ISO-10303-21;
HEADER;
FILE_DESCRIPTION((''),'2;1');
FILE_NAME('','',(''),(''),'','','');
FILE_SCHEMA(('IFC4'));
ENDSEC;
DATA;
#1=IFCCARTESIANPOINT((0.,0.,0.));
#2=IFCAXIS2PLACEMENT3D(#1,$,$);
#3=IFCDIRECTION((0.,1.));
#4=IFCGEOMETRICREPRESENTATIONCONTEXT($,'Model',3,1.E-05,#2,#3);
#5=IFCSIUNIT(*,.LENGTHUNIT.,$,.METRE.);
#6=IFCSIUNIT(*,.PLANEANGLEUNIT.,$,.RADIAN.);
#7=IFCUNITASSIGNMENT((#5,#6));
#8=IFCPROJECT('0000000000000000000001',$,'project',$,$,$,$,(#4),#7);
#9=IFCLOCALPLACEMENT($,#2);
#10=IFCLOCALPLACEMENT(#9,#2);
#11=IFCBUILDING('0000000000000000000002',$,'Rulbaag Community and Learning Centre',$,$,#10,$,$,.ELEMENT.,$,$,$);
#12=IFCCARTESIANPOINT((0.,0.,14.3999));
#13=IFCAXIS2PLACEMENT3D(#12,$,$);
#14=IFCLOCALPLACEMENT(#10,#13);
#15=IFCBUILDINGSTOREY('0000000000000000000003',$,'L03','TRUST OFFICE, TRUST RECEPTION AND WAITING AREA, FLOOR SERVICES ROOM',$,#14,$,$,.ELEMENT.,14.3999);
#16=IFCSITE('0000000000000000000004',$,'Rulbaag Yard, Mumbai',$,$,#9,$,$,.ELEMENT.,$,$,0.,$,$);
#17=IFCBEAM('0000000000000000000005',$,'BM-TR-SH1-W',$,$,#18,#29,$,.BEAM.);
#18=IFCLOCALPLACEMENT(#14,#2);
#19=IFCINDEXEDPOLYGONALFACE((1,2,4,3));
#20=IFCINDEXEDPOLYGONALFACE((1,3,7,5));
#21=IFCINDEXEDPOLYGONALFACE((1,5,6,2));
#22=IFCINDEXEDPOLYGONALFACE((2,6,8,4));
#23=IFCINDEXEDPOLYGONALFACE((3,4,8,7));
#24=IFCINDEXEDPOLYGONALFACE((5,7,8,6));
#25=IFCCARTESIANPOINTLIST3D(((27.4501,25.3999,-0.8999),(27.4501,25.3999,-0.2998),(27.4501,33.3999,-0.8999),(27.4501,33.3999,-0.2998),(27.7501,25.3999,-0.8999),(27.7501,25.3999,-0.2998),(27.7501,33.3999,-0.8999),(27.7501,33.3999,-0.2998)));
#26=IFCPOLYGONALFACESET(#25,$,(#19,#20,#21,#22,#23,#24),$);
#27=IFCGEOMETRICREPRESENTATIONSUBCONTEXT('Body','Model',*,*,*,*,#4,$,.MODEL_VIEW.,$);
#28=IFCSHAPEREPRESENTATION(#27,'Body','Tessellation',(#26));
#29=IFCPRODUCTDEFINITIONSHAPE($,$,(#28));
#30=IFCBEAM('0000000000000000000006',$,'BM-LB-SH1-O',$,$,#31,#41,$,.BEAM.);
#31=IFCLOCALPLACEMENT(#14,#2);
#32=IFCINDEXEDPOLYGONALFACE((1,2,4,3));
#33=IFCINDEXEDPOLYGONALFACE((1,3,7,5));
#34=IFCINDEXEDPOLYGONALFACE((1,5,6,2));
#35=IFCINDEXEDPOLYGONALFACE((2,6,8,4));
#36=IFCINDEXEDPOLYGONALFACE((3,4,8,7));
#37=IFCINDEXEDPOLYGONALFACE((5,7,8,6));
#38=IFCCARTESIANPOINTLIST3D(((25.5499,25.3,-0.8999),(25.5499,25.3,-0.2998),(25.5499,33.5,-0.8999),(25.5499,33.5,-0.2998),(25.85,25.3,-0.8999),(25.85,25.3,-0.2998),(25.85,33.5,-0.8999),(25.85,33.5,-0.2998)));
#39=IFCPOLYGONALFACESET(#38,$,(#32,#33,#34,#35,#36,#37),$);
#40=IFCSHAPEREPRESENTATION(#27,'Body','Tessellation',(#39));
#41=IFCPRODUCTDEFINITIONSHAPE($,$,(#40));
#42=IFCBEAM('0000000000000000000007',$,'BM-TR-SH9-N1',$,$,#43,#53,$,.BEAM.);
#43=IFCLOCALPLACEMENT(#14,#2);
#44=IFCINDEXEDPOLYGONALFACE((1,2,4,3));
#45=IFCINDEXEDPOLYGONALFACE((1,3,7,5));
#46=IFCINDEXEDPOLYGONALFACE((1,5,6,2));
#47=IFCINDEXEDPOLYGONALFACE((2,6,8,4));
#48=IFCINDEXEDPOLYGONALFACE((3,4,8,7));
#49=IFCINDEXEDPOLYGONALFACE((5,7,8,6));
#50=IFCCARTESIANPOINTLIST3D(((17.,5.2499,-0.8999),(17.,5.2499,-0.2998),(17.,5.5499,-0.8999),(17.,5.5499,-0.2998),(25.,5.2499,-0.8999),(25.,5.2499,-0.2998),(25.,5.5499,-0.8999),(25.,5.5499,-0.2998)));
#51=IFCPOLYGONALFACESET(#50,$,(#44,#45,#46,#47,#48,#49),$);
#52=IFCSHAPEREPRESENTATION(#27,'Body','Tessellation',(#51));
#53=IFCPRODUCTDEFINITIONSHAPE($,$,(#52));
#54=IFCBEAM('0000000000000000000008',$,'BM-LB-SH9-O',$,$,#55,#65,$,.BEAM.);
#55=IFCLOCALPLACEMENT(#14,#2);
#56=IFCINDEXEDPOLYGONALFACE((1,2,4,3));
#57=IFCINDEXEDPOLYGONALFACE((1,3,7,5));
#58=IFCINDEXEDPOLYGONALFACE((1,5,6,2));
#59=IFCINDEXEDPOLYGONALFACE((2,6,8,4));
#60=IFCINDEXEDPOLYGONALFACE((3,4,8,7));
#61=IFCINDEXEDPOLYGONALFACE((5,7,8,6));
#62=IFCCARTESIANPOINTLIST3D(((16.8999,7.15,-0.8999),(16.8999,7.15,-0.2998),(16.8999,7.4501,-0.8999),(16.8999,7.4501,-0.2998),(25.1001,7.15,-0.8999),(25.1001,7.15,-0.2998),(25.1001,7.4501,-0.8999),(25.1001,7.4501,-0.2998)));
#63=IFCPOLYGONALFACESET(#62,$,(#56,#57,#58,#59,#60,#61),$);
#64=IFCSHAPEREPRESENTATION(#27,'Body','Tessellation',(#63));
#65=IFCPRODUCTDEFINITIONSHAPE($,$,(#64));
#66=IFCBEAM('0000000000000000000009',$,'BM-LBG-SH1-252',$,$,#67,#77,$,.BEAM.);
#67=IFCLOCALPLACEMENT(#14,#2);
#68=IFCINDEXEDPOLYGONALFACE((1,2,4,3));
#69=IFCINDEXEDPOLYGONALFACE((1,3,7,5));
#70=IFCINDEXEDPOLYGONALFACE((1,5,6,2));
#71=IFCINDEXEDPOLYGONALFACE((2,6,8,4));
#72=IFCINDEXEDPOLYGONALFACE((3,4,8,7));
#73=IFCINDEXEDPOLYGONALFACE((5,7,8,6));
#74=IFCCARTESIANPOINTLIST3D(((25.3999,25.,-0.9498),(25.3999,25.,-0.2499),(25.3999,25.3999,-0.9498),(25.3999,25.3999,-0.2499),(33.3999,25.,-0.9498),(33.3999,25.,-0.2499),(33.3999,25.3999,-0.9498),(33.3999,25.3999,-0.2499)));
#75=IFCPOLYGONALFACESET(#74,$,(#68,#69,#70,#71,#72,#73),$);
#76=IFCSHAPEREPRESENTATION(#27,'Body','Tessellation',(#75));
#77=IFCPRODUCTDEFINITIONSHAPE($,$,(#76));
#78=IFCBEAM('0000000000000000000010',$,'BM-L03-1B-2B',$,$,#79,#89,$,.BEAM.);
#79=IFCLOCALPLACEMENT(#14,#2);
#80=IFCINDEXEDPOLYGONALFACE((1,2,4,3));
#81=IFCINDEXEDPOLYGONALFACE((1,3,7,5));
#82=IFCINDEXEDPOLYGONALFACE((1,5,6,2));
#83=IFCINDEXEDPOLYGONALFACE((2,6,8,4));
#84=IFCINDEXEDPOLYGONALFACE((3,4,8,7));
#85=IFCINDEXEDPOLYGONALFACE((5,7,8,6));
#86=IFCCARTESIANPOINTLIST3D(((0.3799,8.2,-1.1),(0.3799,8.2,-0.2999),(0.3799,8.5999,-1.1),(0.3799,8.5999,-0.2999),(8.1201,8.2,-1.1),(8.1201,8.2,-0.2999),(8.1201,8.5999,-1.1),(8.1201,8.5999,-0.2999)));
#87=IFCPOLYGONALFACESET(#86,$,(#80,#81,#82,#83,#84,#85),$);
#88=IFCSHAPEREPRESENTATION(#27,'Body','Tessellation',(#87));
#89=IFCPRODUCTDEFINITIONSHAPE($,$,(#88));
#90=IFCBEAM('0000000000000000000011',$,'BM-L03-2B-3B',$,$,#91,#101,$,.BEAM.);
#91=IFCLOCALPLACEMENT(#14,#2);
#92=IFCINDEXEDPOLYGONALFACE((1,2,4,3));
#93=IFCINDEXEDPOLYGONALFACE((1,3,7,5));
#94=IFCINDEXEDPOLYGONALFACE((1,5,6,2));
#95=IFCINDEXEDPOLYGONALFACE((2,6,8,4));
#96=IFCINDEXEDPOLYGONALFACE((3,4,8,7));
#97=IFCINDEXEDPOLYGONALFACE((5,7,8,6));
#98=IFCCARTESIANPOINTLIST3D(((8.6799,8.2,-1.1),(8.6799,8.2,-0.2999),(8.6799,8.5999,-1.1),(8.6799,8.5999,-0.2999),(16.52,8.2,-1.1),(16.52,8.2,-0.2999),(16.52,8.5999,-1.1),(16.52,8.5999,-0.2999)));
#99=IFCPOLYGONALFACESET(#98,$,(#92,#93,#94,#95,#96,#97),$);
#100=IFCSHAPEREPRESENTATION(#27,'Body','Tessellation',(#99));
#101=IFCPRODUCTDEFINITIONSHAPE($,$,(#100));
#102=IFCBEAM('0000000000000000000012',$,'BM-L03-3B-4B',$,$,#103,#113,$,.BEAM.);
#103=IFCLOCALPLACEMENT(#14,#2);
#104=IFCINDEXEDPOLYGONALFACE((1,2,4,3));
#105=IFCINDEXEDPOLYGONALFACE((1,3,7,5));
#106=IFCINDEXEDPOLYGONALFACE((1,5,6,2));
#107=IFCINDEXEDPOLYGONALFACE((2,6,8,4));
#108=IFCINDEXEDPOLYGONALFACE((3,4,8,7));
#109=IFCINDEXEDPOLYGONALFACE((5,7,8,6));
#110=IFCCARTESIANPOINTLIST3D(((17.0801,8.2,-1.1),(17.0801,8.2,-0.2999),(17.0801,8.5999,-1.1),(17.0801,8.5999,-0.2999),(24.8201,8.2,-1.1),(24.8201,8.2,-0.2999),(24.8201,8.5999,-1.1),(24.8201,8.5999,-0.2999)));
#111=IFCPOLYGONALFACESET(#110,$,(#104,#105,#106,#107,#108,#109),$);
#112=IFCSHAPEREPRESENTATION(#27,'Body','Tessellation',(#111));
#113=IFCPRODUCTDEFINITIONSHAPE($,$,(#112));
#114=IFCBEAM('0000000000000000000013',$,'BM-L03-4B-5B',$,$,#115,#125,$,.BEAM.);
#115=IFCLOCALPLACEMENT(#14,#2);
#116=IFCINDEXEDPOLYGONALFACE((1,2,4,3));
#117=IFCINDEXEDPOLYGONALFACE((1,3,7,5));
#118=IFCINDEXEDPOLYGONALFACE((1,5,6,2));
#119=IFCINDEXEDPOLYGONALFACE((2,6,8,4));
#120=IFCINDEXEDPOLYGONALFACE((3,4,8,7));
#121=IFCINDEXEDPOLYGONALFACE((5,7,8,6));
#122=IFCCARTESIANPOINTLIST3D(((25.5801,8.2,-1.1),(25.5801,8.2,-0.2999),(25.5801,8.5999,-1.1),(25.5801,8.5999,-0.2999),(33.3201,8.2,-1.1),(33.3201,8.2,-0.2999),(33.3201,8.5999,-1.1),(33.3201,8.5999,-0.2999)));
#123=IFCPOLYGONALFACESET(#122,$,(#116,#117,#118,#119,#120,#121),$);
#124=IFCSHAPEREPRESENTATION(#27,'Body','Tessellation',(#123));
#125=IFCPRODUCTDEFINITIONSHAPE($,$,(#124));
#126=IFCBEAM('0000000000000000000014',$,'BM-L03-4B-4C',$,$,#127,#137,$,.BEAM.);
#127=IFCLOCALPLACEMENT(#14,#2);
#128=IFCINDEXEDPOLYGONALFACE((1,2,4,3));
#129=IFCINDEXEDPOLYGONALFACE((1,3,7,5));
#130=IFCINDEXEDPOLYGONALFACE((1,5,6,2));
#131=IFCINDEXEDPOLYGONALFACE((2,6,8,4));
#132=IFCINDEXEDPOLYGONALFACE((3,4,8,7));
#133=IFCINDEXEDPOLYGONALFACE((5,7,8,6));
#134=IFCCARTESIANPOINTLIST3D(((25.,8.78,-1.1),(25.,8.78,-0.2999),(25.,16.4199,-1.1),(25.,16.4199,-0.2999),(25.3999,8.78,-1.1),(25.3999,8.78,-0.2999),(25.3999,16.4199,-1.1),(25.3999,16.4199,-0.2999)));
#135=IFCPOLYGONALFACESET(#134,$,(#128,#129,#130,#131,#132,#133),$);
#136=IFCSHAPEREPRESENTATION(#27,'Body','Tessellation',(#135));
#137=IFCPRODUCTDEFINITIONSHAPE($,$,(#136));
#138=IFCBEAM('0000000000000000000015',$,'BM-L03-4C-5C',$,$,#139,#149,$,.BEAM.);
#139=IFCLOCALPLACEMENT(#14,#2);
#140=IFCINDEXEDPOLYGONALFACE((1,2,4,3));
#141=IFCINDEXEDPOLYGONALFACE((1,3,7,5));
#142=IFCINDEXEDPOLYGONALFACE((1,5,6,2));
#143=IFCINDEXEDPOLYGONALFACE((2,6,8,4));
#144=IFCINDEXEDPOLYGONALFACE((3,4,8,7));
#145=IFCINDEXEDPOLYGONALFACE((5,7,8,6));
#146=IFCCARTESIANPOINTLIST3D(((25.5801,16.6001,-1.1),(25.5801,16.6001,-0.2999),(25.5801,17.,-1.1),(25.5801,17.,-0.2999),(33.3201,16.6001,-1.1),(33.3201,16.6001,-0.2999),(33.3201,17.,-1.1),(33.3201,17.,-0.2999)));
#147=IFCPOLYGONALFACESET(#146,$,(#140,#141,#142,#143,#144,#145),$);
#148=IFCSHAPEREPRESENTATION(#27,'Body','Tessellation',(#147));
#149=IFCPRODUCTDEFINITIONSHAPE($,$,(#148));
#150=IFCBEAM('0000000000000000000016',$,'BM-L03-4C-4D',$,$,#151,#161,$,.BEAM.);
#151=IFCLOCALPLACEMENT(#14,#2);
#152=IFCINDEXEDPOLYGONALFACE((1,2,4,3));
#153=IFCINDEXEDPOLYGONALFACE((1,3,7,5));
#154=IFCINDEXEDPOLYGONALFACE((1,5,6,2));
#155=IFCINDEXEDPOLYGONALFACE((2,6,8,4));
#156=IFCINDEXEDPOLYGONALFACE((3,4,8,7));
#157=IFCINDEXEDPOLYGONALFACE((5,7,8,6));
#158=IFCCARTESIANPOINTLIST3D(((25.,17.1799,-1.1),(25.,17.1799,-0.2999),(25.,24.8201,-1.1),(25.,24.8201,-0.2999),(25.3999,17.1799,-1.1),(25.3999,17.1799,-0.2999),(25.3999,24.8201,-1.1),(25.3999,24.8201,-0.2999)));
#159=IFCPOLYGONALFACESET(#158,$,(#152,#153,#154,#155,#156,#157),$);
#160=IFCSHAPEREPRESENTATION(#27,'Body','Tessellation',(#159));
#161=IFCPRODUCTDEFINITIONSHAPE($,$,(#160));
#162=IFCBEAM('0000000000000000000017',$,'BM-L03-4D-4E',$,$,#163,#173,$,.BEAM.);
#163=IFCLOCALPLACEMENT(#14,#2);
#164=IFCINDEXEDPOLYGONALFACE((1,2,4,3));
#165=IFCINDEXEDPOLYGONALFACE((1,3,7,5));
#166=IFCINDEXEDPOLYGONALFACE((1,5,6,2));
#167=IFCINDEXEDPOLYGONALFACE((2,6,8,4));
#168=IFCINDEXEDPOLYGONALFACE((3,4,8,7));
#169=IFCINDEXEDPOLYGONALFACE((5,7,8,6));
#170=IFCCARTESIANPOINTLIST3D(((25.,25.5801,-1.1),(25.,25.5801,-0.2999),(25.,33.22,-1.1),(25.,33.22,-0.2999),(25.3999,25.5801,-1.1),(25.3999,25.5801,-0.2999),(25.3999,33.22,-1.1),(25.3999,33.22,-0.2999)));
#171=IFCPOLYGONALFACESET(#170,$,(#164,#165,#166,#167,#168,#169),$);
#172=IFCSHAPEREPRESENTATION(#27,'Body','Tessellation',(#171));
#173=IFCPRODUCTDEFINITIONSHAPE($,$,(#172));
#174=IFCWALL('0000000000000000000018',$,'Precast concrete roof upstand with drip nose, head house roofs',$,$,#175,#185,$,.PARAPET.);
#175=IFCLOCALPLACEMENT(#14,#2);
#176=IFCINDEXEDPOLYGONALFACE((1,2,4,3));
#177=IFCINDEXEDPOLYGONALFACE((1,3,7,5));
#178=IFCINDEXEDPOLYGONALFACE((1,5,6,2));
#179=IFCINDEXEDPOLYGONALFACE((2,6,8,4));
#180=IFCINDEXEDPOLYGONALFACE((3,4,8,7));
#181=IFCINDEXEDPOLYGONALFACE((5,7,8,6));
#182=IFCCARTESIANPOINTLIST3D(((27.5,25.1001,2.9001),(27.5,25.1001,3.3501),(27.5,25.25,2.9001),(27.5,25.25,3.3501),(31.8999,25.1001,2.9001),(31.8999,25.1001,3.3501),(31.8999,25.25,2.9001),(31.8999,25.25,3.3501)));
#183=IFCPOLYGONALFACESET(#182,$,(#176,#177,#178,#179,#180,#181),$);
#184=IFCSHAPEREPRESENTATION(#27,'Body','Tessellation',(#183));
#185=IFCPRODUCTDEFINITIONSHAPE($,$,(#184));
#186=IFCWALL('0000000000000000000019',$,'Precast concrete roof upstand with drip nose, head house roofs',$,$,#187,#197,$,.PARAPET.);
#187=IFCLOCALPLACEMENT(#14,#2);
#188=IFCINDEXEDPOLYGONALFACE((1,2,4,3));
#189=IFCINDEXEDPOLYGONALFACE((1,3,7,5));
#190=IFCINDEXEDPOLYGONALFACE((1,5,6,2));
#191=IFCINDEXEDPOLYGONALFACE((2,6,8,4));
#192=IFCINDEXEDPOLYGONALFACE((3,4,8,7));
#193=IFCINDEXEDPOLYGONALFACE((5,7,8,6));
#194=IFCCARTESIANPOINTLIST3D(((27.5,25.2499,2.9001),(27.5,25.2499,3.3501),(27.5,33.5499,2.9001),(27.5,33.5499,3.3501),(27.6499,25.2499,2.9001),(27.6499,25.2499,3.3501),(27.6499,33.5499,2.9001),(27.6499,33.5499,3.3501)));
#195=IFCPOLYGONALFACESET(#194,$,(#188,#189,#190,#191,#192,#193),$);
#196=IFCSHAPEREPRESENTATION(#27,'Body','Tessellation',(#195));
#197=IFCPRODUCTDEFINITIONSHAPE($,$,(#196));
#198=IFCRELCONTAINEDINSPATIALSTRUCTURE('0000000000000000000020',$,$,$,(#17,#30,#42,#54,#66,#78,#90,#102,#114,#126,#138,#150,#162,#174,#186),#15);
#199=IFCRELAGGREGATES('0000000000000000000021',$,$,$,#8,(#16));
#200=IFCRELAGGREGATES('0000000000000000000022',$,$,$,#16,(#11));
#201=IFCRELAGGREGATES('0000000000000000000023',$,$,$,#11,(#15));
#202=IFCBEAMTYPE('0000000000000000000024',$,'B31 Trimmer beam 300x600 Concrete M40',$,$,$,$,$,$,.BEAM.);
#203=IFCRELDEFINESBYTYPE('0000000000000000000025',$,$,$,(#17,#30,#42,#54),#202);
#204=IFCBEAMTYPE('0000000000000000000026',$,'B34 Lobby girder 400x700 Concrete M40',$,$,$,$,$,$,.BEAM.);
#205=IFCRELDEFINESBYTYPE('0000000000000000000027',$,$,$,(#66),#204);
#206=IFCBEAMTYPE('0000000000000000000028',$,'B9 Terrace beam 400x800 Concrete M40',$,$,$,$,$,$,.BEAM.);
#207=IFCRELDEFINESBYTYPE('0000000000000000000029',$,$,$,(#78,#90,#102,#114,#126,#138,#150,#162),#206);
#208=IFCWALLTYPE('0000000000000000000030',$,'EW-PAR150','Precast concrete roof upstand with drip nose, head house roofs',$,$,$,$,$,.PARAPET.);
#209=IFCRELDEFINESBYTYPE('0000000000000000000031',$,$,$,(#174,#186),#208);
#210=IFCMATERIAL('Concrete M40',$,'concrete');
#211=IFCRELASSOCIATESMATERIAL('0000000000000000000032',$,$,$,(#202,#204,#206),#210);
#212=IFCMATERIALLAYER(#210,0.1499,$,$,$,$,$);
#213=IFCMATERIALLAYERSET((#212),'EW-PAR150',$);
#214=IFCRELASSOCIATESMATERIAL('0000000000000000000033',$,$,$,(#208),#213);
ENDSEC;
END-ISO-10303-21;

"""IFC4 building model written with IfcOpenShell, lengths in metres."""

from ifc_helpers import new_model, si_unit, direction, frame, frame_2d, origin, origin_2d, place, context, subcontext, project, spatial, rectangle, extrude, material, layer, layer_set, material_profile, profile_set, type_object, element, save


model = new_model("IFC4")

# Units and contexts
model_context = context("Model", 3, precision=1e-05, world=origin(), true_north=direction((0.0, 1.0)))
body_context = subcontext(model_context, "Body", "Model", "MODEL_VIEW")
ifc_project = project(units=[si_unit("LENGTHUNIT", "METRE"), si_unit("PLANEANGLEUNIT", "RADIAN")], contexts=[model_context])

# Site, building, storey
site_placement = place(None, origin())
site = spatial("IfcSite", under=ifc_project, at=site_placement, Name="Rulbaag Yard, Mumbai", CompositionType="ELEMENT", RefElevation=0.0)
building_placement = place(site_placement, origin())
building = spatial("IfcBuilding", under=site, at=building_placement, Name="Rulbaag Community and Learning Centre", CompositionType="ELEMENT")
storey_placement = place(building_placement, frame((0.0, 0.0, 14.3999)))
storey = spatial("IfcBuildingStorey", under=building, at=storey_placement, Name="L03", Description="TRUST OFFICE, TRUST RECEPTION AND WAITING AREA, FLOOR SERVICES ROOM", CompositionType="ELEMENT", Elevation=14.3999)

# Beams
ifc_material_1 = material(Name="Concrete M40", Category="concrete")
ifc_material_profile_1 = material_profile(ifc_material_1, rectangle(XDim=0.3, YDim=0.6001, at=origin_2d()), Name="RB300x600")
ifc_profile_set_1 = profile_set([ifc_material_profile_1], Name="Concrete M40")
beam_type_1 = type_object("IfcBeamType", Name="B31 Trimmer beam 300x600 Concrete M40", PredefinedType="BEAM", material=ifc_profile_set_1)
beam_1_placement = place(storey_placement, frame((27.6001, 25.3999, -0.5999), z_axis=(0.0, 1.0, 0.0), x_axis=(-1.0, 0.0, 0.0)))
element("IfcBeam", 1, at=beam_1_placement, inside=storey, type_object=beam_type_1, Name="BM-TR-SH1-W", PredefinedType="BEAM", context=body_context, shape_type="SweptSolid", body=[
    extrude(rectangle(XDim=0.3, YDim=0.6001, at=origin_2d()), origin(), (0.0, 0.0, 1.0), 8.0),
])
beam_2_placement = place(storey_placement, frame((25.7, 25.3, -0.5999), z_axis=(0.0, 1.0, 0.0), x_axis=(-1.0, 0.0, 0.0)))
element("IfcBeam", 2, at=beam_2_placement, inside=storey, type_object=beam_type_1, Name="BM-LB-SH1-O", PredefinedType="BEAM", context=body_context, shape_type="SweptSolid", body=[
    extrude(rectangle(XDim=0.3, YDim=0.6001, at=origin_2d()), origin(), (0.0, 0.0, 1.0), 8.2),
])
beam_3_placement = place(storey_placement, frame((17.0, 5.3999, -0.5999), z_axis=(1.0, 0.0, 0.0), x_axis=(0.0, 1.0, 0.0)))
element("IfcBeam", 3, at=beam_3_placement, inside=storey, type_object=beam_type_1, Name="BM-TR-SH9-N1", PredefinedType="BEAM", context=body_context, shape_type="SweptSolid", body=[
    extrude(rectangle(XDim=0.3, YDim=0.6001, at=origin_2d()), origin(), (0.0, 0.0, 1.0), 8.0),
])
beam_4_placement = place(storey_placement, frame((16.8999, 7.3, -0.5999), z_axis=(1.0, 0.0, 0.0), x_axis=(0.0, 1.0, 0.0)))
element("IfcBeam", 4, at=beam_4_placement, inside=storey, type_object=beam_type_1, Name="BM-LB-SH9-O", PredefinedType="BEAM", context=body_context, shape_type="SweptSolid", body=[
    extrude(rectangle(XDim=0.3, YDim=0.6001, at=origin_2d()), origin(), (0.0, 0.0, 1.0), 8.2002),
])
ifc_material_profile_2 = material_profile(ifc_material_1, rectangle(XDim=0.3999, YDim=0.7, at=origin_2d()), Name="RB400x700")
ifc_profile_set_2 = profile_set([ifc_material_profile_2], Name="Concrete M40")
beam_type_2 = type_object("IfcBeamType", Name="B34 Lobby girder 400x700 Concrete M40", PredefinedType="BEAM", material=ifc_profile_set_2)
beam_5_placement = place(storey_placement, frame((25.3999, 25.2, -0.5999), z_axis=(1.0, 0.0, 0.0), x_axis=(0.0, 1.0, 0.0)))
element("IfcBeam", 5, at=beam_5_placement, inside=storey, type_object=beam_type_2, Name="BM-LBG-SH1-252", PredefinedType="BEAM", context=body_context, shape_type="SweptSolid", body=[
    extrude(rectangle(XDim=0.3999, YDim=0.7, at=origin_2d()), origin(), (0.0, 0.0, 1.0), 8.0),
])
ifc_material_profile_3 = material_profile(ifc_material_1, rectangle(XDim=0.3999, YDim=0.8, at=origin_2d()), Name="RB400x800")
ifc_profile_set_3 = profile_set([ifc_material_profile_3], Name="Concrete M40")
beam_type_3 = type_object("IfcBeamType", Name="B9 Terrace beam 400x800 Concrete M40", PredefinedType="BEAM", material=ifc_profile_set_3)
beam_6_placement = place(storey_placement, frame((0.3799, 8.3999, -0.7), z_axis=(1.0, 0.0, 0.0), x_axis=(0.0, 1.0, 0.0)))
element("IfcBeam", 6, at=beam_6_placement, inside=storey, type_object=beam_type_3, Name="BM-L03-1B-2B", PredefinedType="BEAM", context=body_context, shape_type="SweptSolid", body=[
    extrude(rectangle(XDim=0.3999, YDim=0.8, at=origin_2d()), origin(), (0.0, 0.0, 1.0), 7.7402),
])
beam_7_placement = place(storey_placement, frame((8.6799, 8.3999, -0.7), z_axis=(1.0, 0.0, 0.0), x_axis=(0.0, 1.0, 0.0)))
element("IfcBeam", 7, at=beam_7_placement, inside=storey, type_object=beam_type_3, Name="BM-L03-2B-3B", PredefinedType="BEAM", context=body_context, shape_type="SweptSolid", body=[
    extrude(rectangle(XDim=0.3999, YDim=0.8, at=origin_2d()), origin(), (0.0, 0.0, 1.0), 7.8401),
])
for number, where, z_axis, x_axis, name in (
    (8, (17.0801, 8.3999, -0.7), (1.0, 0.0, 0.0), (0.0, 1.0, 0.0), "BM-L03-3B-4B"),
    (9, (25.5801, 8.3999, -0.7), (1.0, 0.0, 0.0), (0.0, 1.0, 0.0), "BM-L03-4B-5B"),
):
    element("IfcBeam", number, at=place(storey_placement, frame(where, z_axis=z_axis, x_axis=x_axis)), inside=storey, type_object=beam_type_3, Name=name, PredefinedType="BEAM", context=body_context, shape_type="SweptSolid", body=[
        extrude(rectangle(XDim=0.3999, YDim=0.8, at=origin_2d()), origin(), (0.0, 0.0, 1.0), 7.74),
    ])
beam_8_placement = place(storey_placement, frame((25.2, 8.78, -0.7), z_axis=(0.0, 1.0, 0.0), x_axis=(-1.0, 0.0, 0.0)))
element("IfcBeam", 10, at=beam_8_placement, inside=storey, type_object=beam_type_3, Name="BM-L03-4B-4C", PredefinedType="BEAM", context=body_context, shape_type="SweptSolid", body=[
    extrude(rectangle(XDim=0.3999, YDim=0.8, at=origin_2d()), origin(), (0.0, 0.0, 1.0), 7.6399),
])
beam_9_placement = place(storey_placement, frame((25.5801, 16.8, -0.7), z_axis=(1.0, 0.0, 0.0), x_axis=(0.0, 1.0, 0.0)))
element("IfcBeam", 11, at=beam_9_placement, inside=storey, type_object=beam_type_3, Name="BM-L03-4C-5C", PredefinedType="BEAM", context=body_context, shape_type="SweptSolid", body=[
    extrude(rectangle(XDim=0.3999, YDim=0.8, at=origin_2d()), origin(), (0.0, 0.0, 1.0), 7.74),
])
beam_10_placement = place(storey_placement, frame((25.2, 17.1799, -0.7), z_axis=(0.0, 1.0, 0.0), x_axis=(-1.0, 0.0, 0.0)))
element("IfcBeam", 12, at=beam_10_placement, inside=storey, type_object=beam_type_3, Name="BM-L03-4C-4D", PredefinedType="BEAM", context=body_context, shape_type="SweptSolid", body=[
    extrude(rectangle(XDim=0.3999, YDim=0.8, at=origin_2d()), origin(), (0.0, 0.0, 1.0), 7.6401),
])
beam_11_placement = place(storey_placement, frame((25.2, 25.5801, -0.7), z_axis=(0.0, 1.0, 0.0), x_axis=(-1.0, 0.0, 0.0)))
element("IfcBeam", 13, at=beam_11_placement, inside=storey, type_object=beam_type_3, Name="BM-L03-4D-4E", PredefinedType="BEAM", context=body_context, shape_type="SweptSolid", body=[
    extrude(rectangle(XDim=0.3999, YDim=0.8, at=origin_2d()), origin(), (0.0, 0.0, 1.0), 7.6399),
])

# Walls
ifc_layer_1 = layer(ifc_material_1, 0.1499)
ifc_layer_set_1 = layer_set([ifc_layer_1], Name="EW-PAR150")
wall_type_1 = type_object("IfcWallType", Name="EW-PAR150", Description="Precast concrete roof upstand with drip nose, head house roofs", PredefinedType="PARAPET", material=ifc_layer_set_1)
wall_1_placement = place(storey_placement, frame((27.5, 25.175, 2.9001), z_axis=(0.0, 0.0, 1.0), x_axis=(1.0, 0.0, 0.0)))
element("IfcWall", 14, at=wall_1_placement, inside=storey, type_object=wall_type_1, Name="Precast concrete roof upstand with drip nose, head house roofs", PredefinedType="PARAPET", context=body_context, shape_type="SweptSolid", body=[
    extrude(rectangle(XDim=4.3999, YDim=0.1499, at=frame_2d((2.2, 0.0))), origin(), (0.0, 0.0, 1.0), 0.45),
])
wall_2_placement = place(storey_placement, frame((27.575, 25.25, 2.9001), z_axis=(0.0, 0.0, 1.0), x_axis=(0.0, 1.0, 0.0)))
element("IfcWall", 15, at=wall_2_placement, inside=storey, type_object=wall_type_1, Name="Precast concrete roof upstand with drip nose, head house roofs", PredefinedType="PARAPET", context=body_context, shape_type="SweptSolid", body=[
    extrude(rectangle(XDim=8.3, YDim=0.1499, at=frame_2d((4.1499, 0.0))), origin(), (0.0, 0.0, 1.0), 0.45),
])

save(model, "model.ifc")
